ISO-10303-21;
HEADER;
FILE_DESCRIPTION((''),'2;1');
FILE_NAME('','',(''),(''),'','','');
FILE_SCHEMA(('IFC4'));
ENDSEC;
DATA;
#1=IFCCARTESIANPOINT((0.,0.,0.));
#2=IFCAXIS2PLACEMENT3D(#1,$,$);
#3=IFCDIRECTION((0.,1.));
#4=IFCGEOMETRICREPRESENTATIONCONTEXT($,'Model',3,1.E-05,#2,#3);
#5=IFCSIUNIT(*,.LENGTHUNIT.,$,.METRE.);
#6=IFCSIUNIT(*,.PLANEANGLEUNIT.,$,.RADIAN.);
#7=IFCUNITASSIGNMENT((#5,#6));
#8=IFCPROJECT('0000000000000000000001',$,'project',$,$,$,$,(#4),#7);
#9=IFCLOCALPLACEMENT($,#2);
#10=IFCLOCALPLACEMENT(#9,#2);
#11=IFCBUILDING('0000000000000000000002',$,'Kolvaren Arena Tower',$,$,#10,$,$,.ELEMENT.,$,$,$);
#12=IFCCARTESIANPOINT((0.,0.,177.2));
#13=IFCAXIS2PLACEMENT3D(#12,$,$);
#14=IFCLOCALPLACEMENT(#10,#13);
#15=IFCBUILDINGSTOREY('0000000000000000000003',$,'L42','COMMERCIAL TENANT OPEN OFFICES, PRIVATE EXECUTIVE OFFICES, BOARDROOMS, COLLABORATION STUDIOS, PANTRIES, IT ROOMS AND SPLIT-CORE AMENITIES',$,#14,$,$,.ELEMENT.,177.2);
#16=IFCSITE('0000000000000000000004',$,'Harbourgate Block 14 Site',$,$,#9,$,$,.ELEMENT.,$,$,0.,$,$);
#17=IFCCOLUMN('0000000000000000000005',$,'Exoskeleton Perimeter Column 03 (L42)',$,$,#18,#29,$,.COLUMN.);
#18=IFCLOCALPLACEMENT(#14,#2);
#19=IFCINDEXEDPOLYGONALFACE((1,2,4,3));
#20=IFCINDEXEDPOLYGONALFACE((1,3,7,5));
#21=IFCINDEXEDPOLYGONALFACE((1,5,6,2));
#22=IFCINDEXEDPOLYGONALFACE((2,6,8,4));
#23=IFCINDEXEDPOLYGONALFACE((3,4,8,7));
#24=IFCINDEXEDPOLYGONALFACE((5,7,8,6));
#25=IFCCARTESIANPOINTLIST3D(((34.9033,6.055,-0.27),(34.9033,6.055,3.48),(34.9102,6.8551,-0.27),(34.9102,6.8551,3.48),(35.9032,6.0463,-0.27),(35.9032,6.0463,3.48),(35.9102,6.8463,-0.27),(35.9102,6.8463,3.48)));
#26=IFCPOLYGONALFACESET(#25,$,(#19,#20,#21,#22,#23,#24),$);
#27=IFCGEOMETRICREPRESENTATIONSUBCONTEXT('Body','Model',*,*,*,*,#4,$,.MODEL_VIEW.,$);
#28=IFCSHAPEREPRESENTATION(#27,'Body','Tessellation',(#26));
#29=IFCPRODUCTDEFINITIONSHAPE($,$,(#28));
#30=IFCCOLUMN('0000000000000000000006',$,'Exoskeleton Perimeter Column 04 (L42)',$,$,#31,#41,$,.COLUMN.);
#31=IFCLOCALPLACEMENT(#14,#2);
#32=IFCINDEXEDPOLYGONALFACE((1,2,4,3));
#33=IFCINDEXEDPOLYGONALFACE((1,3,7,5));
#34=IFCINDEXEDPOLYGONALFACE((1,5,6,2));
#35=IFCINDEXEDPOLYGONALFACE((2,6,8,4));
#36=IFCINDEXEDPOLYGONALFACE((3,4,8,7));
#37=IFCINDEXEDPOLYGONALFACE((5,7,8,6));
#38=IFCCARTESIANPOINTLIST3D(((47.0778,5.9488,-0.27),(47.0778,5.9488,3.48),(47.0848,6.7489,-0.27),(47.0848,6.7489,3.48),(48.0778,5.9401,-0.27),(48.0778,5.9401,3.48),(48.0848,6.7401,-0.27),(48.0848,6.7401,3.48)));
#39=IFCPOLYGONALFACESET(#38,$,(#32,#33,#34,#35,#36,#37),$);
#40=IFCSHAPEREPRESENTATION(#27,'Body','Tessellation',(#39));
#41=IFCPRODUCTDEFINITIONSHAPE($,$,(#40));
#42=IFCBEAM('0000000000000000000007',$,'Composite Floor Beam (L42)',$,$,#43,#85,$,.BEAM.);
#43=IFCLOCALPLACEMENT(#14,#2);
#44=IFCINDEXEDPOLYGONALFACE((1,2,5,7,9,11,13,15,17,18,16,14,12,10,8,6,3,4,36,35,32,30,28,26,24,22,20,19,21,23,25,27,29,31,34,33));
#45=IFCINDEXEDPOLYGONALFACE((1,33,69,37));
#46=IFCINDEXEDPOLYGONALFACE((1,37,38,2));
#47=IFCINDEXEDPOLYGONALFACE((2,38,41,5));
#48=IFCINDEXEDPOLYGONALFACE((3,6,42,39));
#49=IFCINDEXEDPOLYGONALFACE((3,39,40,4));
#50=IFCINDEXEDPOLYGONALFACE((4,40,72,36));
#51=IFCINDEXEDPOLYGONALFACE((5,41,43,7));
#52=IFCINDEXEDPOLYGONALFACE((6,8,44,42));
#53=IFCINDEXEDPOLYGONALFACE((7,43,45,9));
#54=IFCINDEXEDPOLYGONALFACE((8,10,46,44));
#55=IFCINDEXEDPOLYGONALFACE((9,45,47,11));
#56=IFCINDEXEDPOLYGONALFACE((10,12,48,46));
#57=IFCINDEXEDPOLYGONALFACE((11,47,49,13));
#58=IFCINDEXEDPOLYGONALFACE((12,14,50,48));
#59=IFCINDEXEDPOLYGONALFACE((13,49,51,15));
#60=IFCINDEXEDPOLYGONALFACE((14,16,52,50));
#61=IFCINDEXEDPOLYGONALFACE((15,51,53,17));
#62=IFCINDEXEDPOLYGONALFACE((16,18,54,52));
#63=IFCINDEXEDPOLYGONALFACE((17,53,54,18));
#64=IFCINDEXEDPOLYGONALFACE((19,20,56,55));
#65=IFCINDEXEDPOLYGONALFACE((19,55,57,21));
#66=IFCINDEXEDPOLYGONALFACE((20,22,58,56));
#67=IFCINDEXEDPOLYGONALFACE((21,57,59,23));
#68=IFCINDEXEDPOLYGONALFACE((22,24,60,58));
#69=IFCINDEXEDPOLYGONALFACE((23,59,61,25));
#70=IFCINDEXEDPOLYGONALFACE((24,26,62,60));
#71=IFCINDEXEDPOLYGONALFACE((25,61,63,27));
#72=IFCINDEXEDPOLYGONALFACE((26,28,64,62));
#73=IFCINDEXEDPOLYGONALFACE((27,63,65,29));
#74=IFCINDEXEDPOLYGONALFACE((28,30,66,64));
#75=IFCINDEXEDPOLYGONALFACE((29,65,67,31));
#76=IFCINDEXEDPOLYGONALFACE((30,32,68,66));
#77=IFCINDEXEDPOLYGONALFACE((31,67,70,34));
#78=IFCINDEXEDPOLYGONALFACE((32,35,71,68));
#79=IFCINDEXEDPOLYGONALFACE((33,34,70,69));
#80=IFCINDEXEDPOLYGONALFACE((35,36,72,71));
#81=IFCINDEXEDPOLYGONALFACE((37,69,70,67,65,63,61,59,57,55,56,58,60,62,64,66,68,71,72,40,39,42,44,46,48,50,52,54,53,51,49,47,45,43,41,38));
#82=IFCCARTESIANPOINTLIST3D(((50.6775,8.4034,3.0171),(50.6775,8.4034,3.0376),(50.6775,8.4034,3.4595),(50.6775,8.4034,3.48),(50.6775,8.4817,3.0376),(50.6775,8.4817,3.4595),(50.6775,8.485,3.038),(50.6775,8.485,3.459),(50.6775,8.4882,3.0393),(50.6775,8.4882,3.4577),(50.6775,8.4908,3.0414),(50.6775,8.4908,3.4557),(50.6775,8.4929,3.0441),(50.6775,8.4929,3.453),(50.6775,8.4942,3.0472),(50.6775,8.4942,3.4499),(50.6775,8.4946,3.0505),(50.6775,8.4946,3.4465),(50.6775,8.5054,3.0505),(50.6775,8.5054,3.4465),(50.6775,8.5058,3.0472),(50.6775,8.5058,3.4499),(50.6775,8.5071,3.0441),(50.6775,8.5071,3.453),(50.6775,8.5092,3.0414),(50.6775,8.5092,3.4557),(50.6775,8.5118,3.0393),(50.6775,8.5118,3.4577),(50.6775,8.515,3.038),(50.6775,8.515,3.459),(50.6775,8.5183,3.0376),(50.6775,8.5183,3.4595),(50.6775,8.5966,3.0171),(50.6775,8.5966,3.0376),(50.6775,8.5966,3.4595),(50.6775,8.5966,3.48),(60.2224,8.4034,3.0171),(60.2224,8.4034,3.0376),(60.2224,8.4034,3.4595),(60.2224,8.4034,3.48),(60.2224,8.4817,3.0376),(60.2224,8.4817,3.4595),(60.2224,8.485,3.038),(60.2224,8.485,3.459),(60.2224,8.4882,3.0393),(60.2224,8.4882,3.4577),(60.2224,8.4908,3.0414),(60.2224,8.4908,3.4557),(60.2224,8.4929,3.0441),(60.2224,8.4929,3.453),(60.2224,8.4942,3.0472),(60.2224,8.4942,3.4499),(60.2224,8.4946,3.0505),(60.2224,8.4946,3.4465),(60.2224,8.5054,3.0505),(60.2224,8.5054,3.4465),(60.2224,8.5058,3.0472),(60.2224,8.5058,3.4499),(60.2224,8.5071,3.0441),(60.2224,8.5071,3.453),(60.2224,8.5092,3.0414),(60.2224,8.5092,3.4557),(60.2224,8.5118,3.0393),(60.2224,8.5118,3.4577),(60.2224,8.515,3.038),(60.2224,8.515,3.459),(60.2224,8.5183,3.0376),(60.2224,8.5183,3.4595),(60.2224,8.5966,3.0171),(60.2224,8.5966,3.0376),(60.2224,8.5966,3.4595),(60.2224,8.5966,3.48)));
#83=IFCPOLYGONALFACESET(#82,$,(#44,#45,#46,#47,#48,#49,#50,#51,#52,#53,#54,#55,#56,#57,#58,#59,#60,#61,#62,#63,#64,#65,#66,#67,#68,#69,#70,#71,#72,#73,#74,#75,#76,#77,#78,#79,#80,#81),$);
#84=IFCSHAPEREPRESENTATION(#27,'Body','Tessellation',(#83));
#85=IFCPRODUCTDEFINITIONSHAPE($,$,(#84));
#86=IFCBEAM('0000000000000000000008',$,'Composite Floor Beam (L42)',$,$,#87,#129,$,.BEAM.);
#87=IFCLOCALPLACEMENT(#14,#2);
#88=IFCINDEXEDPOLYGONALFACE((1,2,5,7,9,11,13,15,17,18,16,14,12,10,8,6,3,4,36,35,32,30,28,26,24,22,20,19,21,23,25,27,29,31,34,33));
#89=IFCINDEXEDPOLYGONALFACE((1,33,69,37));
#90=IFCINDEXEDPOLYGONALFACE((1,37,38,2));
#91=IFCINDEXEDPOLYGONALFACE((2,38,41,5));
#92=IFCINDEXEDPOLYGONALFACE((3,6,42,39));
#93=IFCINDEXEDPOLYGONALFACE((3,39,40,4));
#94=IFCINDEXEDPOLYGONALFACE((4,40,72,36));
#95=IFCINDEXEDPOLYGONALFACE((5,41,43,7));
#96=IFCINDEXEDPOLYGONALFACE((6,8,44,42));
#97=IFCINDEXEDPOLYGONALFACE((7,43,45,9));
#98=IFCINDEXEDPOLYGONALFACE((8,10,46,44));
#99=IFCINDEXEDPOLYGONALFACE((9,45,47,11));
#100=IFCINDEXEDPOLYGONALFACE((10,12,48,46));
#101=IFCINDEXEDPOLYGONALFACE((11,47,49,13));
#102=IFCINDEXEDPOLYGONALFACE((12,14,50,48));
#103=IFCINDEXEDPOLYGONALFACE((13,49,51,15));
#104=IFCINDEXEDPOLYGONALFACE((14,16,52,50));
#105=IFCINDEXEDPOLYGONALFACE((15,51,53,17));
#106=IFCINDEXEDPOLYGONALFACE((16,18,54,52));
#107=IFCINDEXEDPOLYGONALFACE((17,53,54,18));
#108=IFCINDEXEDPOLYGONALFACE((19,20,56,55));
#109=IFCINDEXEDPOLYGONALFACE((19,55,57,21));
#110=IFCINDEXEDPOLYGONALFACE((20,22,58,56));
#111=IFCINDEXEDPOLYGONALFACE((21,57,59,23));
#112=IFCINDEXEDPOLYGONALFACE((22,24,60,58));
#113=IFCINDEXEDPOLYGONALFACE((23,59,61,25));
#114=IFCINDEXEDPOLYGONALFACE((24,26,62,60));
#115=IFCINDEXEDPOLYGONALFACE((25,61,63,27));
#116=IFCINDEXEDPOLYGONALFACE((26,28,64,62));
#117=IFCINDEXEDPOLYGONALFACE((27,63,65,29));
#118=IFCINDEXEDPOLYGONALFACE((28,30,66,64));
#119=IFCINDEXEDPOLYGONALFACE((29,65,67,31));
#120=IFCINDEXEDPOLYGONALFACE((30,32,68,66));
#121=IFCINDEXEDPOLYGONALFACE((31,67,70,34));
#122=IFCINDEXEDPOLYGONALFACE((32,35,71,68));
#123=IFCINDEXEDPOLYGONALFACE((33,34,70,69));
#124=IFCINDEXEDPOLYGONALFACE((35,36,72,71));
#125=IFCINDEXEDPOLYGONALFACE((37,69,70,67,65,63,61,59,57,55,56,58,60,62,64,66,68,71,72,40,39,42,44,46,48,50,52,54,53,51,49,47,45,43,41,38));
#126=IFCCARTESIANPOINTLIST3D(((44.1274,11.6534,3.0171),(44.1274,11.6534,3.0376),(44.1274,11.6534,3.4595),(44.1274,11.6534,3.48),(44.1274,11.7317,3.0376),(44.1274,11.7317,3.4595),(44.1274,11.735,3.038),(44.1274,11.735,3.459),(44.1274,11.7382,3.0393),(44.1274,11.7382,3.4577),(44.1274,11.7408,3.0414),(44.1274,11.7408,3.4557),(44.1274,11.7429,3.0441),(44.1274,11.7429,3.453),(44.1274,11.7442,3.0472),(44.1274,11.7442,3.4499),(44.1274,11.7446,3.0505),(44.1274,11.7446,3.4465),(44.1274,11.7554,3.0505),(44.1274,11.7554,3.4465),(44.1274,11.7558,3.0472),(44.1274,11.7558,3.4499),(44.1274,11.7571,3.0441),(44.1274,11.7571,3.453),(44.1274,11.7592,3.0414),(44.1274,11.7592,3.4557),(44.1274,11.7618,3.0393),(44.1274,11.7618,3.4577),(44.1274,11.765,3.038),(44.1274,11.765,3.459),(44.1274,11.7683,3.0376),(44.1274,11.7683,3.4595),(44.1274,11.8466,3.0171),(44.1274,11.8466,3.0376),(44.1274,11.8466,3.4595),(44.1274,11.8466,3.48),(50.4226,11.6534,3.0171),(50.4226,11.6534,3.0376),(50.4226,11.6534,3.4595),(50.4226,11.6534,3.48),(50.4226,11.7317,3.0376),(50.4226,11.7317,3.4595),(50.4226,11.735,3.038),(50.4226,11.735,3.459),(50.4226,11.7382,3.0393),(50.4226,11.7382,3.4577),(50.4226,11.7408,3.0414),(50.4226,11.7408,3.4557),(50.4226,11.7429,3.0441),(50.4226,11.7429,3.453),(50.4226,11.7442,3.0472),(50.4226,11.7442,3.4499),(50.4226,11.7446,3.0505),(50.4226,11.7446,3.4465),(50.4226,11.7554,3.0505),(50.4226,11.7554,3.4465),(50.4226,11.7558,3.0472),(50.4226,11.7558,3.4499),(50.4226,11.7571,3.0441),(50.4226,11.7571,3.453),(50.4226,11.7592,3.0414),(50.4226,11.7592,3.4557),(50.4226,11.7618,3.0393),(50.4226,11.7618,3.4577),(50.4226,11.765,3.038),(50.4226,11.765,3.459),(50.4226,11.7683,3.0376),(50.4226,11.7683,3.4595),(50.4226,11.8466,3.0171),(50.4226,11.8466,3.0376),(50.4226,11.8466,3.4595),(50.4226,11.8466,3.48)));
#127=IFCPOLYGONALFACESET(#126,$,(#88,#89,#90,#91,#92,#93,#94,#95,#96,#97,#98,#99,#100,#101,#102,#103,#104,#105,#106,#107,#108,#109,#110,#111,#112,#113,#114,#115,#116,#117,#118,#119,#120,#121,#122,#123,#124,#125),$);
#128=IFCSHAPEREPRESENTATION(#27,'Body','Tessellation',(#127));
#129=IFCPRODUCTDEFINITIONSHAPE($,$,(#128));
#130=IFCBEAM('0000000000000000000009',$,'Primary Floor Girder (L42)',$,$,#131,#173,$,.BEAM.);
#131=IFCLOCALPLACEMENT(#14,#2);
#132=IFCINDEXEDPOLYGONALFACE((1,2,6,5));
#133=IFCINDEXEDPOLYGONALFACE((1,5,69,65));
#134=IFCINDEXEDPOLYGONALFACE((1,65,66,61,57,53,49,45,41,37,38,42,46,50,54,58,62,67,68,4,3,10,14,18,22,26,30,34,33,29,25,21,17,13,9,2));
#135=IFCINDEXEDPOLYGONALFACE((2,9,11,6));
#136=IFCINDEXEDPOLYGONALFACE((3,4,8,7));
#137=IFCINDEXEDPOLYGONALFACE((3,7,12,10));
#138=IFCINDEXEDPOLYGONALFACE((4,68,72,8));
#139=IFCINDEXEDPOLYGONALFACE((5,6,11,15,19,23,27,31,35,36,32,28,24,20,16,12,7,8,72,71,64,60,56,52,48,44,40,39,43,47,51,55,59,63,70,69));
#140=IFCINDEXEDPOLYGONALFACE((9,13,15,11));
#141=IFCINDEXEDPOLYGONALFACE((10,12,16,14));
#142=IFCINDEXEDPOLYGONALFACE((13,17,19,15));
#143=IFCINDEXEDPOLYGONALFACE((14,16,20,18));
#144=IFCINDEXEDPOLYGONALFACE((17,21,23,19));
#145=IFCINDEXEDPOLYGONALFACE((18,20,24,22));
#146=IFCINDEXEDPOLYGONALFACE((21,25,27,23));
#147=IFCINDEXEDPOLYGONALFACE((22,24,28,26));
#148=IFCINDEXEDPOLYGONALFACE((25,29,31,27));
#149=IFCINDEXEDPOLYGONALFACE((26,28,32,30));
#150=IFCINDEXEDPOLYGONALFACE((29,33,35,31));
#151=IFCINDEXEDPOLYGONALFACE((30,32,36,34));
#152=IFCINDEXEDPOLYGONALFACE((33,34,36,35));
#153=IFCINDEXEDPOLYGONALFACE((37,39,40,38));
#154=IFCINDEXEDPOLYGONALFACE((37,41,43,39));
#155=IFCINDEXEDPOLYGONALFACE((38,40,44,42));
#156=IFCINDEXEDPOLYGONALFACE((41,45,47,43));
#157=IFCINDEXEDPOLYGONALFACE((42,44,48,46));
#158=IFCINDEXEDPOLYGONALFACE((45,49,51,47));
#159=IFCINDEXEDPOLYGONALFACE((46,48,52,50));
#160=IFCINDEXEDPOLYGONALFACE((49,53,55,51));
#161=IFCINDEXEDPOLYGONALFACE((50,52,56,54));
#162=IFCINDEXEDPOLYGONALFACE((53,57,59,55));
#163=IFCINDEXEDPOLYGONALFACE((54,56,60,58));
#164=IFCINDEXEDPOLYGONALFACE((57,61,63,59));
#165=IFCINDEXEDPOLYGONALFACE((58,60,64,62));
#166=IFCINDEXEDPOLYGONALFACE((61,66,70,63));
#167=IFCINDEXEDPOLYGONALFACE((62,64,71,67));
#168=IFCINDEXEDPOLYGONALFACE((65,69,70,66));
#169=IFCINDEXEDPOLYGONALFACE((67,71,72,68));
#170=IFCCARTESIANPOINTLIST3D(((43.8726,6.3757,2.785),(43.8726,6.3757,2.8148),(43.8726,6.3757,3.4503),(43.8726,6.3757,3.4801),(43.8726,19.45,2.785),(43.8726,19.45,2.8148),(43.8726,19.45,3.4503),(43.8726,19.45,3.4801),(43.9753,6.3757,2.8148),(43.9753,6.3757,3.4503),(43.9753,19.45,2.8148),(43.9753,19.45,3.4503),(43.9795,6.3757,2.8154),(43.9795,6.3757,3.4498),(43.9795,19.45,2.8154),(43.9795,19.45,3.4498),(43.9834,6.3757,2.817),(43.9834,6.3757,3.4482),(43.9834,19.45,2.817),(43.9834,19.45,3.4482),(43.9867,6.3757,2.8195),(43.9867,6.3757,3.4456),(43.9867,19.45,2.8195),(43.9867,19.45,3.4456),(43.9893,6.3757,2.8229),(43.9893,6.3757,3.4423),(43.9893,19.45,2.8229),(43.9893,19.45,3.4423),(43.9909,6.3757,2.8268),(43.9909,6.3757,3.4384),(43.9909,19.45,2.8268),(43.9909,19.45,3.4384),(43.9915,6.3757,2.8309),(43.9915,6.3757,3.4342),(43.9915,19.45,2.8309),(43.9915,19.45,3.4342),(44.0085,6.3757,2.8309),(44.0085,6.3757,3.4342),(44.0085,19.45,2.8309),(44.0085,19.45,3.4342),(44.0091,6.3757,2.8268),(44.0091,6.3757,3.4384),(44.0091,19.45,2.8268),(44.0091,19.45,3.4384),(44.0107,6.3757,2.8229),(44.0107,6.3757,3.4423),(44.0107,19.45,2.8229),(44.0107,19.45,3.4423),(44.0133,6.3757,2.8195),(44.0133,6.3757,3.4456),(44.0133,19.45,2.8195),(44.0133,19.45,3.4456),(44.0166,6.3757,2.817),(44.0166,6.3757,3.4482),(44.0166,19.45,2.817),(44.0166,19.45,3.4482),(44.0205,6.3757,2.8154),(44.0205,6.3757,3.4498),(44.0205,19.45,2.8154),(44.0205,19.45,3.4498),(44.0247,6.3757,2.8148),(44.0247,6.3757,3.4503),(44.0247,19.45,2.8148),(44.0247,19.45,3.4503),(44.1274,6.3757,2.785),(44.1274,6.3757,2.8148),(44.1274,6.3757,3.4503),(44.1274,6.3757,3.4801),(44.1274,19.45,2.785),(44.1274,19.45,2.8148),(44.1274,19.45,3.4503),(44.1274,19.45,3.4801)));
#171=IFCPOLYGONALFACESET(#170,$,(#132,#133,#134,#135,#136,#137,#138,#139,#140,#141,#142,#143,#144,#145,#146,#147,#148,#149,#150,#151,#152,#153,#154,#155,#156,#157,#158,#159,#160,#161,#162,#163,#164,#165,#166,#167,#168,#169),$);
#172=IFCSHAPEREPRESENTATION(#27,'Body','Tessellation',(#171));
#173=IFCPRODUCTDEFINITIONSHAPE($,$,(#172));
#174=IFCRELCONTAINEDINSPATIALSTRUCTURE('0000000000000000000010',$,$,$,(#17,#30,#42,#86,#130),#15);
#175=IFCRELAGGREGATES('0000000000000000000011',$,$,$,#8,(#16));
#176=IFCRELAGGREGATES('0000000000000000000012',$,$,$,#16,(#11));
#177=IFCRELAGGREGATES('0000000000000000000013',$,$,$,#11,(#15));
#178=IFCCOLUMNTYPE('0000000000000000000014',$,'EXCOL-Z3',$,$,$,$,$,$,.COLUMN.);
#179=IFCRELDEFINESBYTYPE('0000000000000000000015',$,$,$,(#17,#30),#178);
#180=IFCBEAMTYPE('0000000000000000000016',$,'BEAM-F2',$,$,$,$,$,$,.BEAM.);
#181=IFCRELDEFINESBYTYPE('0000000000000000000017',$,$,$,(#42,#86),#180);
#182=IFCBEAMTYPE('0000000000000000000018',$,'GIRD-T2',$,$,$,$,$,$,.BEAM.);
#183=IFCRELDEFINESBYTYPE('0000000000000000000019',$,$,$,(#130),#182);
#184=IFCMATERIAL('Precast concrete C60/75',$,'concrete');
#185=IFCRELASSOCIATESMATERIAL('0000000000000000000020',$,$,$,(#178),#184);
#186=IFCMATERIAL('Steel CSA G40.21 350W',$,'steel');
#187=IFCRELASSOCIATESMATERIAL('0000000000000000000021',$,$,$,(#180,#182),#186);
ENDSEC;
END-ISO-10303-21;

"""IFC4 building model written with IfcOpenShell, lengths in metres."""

from ifc_helpers import new_model, si_unit, direction, frame, origin, origin_2d, place, context, subcontext, project, spatial, rectangle, i_section, extrude, material, material_profile, profile_set, type_object, element, save


model = new_model("IFC4")

# Units and contexts
model_context = context("Model", 3, precision=1e-05, world=origin(), true_north=direction((0.0, 1.0)))
body_context = subcontext(model_context, "Body", "Model", "MODEL_VIEW")
ifc_project = project(units=[si_unit("LENGTHUNIT", "METRE"), si_unit("PLANEANGLEUNIT", "RADIAN")], contexts=[model_context])

# Site, building, storey
site_placement = place(None, origin())
site = spatial("IfcSite", under=ifc_project, at=site_placement, Name="Harbourgate Block 14 Site", CompositionType="ELEMENT", RefElevation=0.0)
building_placement = place(site_placement, origin())
building = spatial("IfcBuilding", under=site, at=building_placement, Name="Kolvaren Arena Tower", CompositionType="ELEMENT")
storey_placement = place(building_placement, frame((0.0, 0.0, 177.2)))
storey = spatial("IfcBuildingStorey", under=building, at=storey_placement, Name="L42", Description="COMMERCIAL TENANT OPEN OFFICES, PRIVATE EXECUTIVE OFFICES, BOARDROOMS, COLLABORATION STUDIOS, PANTRIES, IT ROOMS AND SPLIT-CORE AMENITIES", CompositionType="ELEMENT", Elevation=177.2)

# Columns
ifc_material_1 = material(Name="Precast concrete C60/75", Category="concrete")
ifc_material_profile_1 = material_profile(ifc_material_1, rectangle(XDim=1.0, YDim=0.8, at=origin_2d()), Name="RC-1000x800")
ifc_profile_set_1 = profile_set([ifc_material_profile_1], Name="Precast concrete C60/75")
column_type = type_object("IfcColumnType", Name="EXCOL-Z3", PredefinedType="COLUMN", material=ifc_profile_set_1)
for number, where, z_axis, x_axis, name in (
    (1, (35.4067, 6.4507, -0.27), (0.0, 0.0, 1.0), (0.999962, -0.008727, 0.0), "Exoskeleton Perimeter Column 03 (L42)"),
    (2, (47.5813, 6.3445, -0.27), (0.0, 0.0, 1.0), (0.999962, -0.008727, 0.0), "Exoskeleton Perimeter Column 04 (L42)"),
):
    element("IfcColumn", number, at=place(storey_placement, frame(where, z_axis=z_axis, x_axis=x_axis)), inside=storey, type_object=column_type, Name=name, PredefinedType="COLUMN", context=body_context, shape_type="SweptSolid", body=[
        extrude(rectangle(XDim=1.0, YDim=0.8, at=origin_2d()), origin(), (0.0, 0.0, 1.0), 3.75),
    ])

# Beams
ifc_material_2 = material(Name="Steel CSA G40.21 350W", Category="steel")
ifc_material_profile_2 = material_profile(ifc_material_2, i_section(OverallWidth=0.1931, OverallDepth=0.4629, WebThickness=0.0107, FlangeThickness=0.0205, FilletRadius=0.0129, at=origin_2d()), Name="W460x113")
ifc_profile_set_2 = profile_set([ifc_material_profile_2], Name="Steel CSA G40.21 350W")
beam_type_1 = type_object("IfcBeamType", Name="BEAM-F2", PredefinedType="BEAM", material=ifc_profile_set_2)
beam_1_placement = place(storey_placement, frame((50.6775, 8.5, 3.2485), z_axis=(1.0, 0.0, 0.0), x_axis=(0.0, 1.0, 0.0)))
element("IfcBeam", 3, at=beam_1_placement, inside=storey, type_object=beam_type_1, Name="Composite Floor Beam (L42)", PredefinedType="BEAM", context=body_context, shape_type="SweptSolid", body=[
    extrude(i_section(OverallWidth=0.1931, OverallDepth=0.4629, WebThickness=0.0107, FlangeThickness=0.0205, FilletRadius=0.0129, at=origin_2d()), origin(), (0.0, 0.0, 1.0), 9.5449),
])
beam_2_placement = place(storey_placement, frame((44.1274, 11.75, 3.2485), z_axis=(1.0, 0.0, 0.0), x_axis=(0.0, 1.0, 0.0)))
element("IfcBeam", 4, at=beam_2_placement, inside=storey, type_object=beam_type_1, Name="Composite Floor Beam (L42)", PredefinedType="BEAM", context=body_context, shape_type="SweptSolid", body=[
    extrude(i_section(OverallWidth=0.1931, OverallDepth=0.4629, WebThickness=0.0107, FlangeThickness=0.0205, FilletRadius=0.0129, at=origin_2d()), origin(), (0.0, 0.0, 1.0), 6.2952),
])
ifc_material_profile_3 = material_profile(ifc_material_2, i_section(OverallWidth=0.2549, OverallDepth=0.6951, WebThickness=0.0171, FlangeThickness=0.0298, FilletRadius=0.0161, at=origin_2d()), Name="W690x217")
ifc_profile_set_3 = profile_set([ifc_material_profile_3], Name="Steel CSA G40.21 350W")
beam_type_2 = type_object("IfcBeamType", Name="GIRD-T2", PredefinedType="BEAM", material=ifc_profile_set_3)
beam_3_placement = place(storey_placement, frame((44.0, 6.3757, 3.1326), z_axis=(0.0, 1.0, 0.0), x_axis=(-1.0, 0.0, 0.0)))
element("IfcBeam", 5, at=beam_3_placement, inside=storey, type_object=beam_type_2, Name="Primary Floor Girder (L42)", PredefinedType="BEAM", context=body_context, shape_type="SweptSolid", body=[
    extrude(i_section(OverallWidth=0.2549, OverallDepth=0.6951, WebThickness=0.0171, FlangeThickness=0.0298, FilletRadius=0.0161, at=origin_2d()), origin(), (0.0, 0.0, 1.0), 13.0742),
])

save(model, "model.ifc")
